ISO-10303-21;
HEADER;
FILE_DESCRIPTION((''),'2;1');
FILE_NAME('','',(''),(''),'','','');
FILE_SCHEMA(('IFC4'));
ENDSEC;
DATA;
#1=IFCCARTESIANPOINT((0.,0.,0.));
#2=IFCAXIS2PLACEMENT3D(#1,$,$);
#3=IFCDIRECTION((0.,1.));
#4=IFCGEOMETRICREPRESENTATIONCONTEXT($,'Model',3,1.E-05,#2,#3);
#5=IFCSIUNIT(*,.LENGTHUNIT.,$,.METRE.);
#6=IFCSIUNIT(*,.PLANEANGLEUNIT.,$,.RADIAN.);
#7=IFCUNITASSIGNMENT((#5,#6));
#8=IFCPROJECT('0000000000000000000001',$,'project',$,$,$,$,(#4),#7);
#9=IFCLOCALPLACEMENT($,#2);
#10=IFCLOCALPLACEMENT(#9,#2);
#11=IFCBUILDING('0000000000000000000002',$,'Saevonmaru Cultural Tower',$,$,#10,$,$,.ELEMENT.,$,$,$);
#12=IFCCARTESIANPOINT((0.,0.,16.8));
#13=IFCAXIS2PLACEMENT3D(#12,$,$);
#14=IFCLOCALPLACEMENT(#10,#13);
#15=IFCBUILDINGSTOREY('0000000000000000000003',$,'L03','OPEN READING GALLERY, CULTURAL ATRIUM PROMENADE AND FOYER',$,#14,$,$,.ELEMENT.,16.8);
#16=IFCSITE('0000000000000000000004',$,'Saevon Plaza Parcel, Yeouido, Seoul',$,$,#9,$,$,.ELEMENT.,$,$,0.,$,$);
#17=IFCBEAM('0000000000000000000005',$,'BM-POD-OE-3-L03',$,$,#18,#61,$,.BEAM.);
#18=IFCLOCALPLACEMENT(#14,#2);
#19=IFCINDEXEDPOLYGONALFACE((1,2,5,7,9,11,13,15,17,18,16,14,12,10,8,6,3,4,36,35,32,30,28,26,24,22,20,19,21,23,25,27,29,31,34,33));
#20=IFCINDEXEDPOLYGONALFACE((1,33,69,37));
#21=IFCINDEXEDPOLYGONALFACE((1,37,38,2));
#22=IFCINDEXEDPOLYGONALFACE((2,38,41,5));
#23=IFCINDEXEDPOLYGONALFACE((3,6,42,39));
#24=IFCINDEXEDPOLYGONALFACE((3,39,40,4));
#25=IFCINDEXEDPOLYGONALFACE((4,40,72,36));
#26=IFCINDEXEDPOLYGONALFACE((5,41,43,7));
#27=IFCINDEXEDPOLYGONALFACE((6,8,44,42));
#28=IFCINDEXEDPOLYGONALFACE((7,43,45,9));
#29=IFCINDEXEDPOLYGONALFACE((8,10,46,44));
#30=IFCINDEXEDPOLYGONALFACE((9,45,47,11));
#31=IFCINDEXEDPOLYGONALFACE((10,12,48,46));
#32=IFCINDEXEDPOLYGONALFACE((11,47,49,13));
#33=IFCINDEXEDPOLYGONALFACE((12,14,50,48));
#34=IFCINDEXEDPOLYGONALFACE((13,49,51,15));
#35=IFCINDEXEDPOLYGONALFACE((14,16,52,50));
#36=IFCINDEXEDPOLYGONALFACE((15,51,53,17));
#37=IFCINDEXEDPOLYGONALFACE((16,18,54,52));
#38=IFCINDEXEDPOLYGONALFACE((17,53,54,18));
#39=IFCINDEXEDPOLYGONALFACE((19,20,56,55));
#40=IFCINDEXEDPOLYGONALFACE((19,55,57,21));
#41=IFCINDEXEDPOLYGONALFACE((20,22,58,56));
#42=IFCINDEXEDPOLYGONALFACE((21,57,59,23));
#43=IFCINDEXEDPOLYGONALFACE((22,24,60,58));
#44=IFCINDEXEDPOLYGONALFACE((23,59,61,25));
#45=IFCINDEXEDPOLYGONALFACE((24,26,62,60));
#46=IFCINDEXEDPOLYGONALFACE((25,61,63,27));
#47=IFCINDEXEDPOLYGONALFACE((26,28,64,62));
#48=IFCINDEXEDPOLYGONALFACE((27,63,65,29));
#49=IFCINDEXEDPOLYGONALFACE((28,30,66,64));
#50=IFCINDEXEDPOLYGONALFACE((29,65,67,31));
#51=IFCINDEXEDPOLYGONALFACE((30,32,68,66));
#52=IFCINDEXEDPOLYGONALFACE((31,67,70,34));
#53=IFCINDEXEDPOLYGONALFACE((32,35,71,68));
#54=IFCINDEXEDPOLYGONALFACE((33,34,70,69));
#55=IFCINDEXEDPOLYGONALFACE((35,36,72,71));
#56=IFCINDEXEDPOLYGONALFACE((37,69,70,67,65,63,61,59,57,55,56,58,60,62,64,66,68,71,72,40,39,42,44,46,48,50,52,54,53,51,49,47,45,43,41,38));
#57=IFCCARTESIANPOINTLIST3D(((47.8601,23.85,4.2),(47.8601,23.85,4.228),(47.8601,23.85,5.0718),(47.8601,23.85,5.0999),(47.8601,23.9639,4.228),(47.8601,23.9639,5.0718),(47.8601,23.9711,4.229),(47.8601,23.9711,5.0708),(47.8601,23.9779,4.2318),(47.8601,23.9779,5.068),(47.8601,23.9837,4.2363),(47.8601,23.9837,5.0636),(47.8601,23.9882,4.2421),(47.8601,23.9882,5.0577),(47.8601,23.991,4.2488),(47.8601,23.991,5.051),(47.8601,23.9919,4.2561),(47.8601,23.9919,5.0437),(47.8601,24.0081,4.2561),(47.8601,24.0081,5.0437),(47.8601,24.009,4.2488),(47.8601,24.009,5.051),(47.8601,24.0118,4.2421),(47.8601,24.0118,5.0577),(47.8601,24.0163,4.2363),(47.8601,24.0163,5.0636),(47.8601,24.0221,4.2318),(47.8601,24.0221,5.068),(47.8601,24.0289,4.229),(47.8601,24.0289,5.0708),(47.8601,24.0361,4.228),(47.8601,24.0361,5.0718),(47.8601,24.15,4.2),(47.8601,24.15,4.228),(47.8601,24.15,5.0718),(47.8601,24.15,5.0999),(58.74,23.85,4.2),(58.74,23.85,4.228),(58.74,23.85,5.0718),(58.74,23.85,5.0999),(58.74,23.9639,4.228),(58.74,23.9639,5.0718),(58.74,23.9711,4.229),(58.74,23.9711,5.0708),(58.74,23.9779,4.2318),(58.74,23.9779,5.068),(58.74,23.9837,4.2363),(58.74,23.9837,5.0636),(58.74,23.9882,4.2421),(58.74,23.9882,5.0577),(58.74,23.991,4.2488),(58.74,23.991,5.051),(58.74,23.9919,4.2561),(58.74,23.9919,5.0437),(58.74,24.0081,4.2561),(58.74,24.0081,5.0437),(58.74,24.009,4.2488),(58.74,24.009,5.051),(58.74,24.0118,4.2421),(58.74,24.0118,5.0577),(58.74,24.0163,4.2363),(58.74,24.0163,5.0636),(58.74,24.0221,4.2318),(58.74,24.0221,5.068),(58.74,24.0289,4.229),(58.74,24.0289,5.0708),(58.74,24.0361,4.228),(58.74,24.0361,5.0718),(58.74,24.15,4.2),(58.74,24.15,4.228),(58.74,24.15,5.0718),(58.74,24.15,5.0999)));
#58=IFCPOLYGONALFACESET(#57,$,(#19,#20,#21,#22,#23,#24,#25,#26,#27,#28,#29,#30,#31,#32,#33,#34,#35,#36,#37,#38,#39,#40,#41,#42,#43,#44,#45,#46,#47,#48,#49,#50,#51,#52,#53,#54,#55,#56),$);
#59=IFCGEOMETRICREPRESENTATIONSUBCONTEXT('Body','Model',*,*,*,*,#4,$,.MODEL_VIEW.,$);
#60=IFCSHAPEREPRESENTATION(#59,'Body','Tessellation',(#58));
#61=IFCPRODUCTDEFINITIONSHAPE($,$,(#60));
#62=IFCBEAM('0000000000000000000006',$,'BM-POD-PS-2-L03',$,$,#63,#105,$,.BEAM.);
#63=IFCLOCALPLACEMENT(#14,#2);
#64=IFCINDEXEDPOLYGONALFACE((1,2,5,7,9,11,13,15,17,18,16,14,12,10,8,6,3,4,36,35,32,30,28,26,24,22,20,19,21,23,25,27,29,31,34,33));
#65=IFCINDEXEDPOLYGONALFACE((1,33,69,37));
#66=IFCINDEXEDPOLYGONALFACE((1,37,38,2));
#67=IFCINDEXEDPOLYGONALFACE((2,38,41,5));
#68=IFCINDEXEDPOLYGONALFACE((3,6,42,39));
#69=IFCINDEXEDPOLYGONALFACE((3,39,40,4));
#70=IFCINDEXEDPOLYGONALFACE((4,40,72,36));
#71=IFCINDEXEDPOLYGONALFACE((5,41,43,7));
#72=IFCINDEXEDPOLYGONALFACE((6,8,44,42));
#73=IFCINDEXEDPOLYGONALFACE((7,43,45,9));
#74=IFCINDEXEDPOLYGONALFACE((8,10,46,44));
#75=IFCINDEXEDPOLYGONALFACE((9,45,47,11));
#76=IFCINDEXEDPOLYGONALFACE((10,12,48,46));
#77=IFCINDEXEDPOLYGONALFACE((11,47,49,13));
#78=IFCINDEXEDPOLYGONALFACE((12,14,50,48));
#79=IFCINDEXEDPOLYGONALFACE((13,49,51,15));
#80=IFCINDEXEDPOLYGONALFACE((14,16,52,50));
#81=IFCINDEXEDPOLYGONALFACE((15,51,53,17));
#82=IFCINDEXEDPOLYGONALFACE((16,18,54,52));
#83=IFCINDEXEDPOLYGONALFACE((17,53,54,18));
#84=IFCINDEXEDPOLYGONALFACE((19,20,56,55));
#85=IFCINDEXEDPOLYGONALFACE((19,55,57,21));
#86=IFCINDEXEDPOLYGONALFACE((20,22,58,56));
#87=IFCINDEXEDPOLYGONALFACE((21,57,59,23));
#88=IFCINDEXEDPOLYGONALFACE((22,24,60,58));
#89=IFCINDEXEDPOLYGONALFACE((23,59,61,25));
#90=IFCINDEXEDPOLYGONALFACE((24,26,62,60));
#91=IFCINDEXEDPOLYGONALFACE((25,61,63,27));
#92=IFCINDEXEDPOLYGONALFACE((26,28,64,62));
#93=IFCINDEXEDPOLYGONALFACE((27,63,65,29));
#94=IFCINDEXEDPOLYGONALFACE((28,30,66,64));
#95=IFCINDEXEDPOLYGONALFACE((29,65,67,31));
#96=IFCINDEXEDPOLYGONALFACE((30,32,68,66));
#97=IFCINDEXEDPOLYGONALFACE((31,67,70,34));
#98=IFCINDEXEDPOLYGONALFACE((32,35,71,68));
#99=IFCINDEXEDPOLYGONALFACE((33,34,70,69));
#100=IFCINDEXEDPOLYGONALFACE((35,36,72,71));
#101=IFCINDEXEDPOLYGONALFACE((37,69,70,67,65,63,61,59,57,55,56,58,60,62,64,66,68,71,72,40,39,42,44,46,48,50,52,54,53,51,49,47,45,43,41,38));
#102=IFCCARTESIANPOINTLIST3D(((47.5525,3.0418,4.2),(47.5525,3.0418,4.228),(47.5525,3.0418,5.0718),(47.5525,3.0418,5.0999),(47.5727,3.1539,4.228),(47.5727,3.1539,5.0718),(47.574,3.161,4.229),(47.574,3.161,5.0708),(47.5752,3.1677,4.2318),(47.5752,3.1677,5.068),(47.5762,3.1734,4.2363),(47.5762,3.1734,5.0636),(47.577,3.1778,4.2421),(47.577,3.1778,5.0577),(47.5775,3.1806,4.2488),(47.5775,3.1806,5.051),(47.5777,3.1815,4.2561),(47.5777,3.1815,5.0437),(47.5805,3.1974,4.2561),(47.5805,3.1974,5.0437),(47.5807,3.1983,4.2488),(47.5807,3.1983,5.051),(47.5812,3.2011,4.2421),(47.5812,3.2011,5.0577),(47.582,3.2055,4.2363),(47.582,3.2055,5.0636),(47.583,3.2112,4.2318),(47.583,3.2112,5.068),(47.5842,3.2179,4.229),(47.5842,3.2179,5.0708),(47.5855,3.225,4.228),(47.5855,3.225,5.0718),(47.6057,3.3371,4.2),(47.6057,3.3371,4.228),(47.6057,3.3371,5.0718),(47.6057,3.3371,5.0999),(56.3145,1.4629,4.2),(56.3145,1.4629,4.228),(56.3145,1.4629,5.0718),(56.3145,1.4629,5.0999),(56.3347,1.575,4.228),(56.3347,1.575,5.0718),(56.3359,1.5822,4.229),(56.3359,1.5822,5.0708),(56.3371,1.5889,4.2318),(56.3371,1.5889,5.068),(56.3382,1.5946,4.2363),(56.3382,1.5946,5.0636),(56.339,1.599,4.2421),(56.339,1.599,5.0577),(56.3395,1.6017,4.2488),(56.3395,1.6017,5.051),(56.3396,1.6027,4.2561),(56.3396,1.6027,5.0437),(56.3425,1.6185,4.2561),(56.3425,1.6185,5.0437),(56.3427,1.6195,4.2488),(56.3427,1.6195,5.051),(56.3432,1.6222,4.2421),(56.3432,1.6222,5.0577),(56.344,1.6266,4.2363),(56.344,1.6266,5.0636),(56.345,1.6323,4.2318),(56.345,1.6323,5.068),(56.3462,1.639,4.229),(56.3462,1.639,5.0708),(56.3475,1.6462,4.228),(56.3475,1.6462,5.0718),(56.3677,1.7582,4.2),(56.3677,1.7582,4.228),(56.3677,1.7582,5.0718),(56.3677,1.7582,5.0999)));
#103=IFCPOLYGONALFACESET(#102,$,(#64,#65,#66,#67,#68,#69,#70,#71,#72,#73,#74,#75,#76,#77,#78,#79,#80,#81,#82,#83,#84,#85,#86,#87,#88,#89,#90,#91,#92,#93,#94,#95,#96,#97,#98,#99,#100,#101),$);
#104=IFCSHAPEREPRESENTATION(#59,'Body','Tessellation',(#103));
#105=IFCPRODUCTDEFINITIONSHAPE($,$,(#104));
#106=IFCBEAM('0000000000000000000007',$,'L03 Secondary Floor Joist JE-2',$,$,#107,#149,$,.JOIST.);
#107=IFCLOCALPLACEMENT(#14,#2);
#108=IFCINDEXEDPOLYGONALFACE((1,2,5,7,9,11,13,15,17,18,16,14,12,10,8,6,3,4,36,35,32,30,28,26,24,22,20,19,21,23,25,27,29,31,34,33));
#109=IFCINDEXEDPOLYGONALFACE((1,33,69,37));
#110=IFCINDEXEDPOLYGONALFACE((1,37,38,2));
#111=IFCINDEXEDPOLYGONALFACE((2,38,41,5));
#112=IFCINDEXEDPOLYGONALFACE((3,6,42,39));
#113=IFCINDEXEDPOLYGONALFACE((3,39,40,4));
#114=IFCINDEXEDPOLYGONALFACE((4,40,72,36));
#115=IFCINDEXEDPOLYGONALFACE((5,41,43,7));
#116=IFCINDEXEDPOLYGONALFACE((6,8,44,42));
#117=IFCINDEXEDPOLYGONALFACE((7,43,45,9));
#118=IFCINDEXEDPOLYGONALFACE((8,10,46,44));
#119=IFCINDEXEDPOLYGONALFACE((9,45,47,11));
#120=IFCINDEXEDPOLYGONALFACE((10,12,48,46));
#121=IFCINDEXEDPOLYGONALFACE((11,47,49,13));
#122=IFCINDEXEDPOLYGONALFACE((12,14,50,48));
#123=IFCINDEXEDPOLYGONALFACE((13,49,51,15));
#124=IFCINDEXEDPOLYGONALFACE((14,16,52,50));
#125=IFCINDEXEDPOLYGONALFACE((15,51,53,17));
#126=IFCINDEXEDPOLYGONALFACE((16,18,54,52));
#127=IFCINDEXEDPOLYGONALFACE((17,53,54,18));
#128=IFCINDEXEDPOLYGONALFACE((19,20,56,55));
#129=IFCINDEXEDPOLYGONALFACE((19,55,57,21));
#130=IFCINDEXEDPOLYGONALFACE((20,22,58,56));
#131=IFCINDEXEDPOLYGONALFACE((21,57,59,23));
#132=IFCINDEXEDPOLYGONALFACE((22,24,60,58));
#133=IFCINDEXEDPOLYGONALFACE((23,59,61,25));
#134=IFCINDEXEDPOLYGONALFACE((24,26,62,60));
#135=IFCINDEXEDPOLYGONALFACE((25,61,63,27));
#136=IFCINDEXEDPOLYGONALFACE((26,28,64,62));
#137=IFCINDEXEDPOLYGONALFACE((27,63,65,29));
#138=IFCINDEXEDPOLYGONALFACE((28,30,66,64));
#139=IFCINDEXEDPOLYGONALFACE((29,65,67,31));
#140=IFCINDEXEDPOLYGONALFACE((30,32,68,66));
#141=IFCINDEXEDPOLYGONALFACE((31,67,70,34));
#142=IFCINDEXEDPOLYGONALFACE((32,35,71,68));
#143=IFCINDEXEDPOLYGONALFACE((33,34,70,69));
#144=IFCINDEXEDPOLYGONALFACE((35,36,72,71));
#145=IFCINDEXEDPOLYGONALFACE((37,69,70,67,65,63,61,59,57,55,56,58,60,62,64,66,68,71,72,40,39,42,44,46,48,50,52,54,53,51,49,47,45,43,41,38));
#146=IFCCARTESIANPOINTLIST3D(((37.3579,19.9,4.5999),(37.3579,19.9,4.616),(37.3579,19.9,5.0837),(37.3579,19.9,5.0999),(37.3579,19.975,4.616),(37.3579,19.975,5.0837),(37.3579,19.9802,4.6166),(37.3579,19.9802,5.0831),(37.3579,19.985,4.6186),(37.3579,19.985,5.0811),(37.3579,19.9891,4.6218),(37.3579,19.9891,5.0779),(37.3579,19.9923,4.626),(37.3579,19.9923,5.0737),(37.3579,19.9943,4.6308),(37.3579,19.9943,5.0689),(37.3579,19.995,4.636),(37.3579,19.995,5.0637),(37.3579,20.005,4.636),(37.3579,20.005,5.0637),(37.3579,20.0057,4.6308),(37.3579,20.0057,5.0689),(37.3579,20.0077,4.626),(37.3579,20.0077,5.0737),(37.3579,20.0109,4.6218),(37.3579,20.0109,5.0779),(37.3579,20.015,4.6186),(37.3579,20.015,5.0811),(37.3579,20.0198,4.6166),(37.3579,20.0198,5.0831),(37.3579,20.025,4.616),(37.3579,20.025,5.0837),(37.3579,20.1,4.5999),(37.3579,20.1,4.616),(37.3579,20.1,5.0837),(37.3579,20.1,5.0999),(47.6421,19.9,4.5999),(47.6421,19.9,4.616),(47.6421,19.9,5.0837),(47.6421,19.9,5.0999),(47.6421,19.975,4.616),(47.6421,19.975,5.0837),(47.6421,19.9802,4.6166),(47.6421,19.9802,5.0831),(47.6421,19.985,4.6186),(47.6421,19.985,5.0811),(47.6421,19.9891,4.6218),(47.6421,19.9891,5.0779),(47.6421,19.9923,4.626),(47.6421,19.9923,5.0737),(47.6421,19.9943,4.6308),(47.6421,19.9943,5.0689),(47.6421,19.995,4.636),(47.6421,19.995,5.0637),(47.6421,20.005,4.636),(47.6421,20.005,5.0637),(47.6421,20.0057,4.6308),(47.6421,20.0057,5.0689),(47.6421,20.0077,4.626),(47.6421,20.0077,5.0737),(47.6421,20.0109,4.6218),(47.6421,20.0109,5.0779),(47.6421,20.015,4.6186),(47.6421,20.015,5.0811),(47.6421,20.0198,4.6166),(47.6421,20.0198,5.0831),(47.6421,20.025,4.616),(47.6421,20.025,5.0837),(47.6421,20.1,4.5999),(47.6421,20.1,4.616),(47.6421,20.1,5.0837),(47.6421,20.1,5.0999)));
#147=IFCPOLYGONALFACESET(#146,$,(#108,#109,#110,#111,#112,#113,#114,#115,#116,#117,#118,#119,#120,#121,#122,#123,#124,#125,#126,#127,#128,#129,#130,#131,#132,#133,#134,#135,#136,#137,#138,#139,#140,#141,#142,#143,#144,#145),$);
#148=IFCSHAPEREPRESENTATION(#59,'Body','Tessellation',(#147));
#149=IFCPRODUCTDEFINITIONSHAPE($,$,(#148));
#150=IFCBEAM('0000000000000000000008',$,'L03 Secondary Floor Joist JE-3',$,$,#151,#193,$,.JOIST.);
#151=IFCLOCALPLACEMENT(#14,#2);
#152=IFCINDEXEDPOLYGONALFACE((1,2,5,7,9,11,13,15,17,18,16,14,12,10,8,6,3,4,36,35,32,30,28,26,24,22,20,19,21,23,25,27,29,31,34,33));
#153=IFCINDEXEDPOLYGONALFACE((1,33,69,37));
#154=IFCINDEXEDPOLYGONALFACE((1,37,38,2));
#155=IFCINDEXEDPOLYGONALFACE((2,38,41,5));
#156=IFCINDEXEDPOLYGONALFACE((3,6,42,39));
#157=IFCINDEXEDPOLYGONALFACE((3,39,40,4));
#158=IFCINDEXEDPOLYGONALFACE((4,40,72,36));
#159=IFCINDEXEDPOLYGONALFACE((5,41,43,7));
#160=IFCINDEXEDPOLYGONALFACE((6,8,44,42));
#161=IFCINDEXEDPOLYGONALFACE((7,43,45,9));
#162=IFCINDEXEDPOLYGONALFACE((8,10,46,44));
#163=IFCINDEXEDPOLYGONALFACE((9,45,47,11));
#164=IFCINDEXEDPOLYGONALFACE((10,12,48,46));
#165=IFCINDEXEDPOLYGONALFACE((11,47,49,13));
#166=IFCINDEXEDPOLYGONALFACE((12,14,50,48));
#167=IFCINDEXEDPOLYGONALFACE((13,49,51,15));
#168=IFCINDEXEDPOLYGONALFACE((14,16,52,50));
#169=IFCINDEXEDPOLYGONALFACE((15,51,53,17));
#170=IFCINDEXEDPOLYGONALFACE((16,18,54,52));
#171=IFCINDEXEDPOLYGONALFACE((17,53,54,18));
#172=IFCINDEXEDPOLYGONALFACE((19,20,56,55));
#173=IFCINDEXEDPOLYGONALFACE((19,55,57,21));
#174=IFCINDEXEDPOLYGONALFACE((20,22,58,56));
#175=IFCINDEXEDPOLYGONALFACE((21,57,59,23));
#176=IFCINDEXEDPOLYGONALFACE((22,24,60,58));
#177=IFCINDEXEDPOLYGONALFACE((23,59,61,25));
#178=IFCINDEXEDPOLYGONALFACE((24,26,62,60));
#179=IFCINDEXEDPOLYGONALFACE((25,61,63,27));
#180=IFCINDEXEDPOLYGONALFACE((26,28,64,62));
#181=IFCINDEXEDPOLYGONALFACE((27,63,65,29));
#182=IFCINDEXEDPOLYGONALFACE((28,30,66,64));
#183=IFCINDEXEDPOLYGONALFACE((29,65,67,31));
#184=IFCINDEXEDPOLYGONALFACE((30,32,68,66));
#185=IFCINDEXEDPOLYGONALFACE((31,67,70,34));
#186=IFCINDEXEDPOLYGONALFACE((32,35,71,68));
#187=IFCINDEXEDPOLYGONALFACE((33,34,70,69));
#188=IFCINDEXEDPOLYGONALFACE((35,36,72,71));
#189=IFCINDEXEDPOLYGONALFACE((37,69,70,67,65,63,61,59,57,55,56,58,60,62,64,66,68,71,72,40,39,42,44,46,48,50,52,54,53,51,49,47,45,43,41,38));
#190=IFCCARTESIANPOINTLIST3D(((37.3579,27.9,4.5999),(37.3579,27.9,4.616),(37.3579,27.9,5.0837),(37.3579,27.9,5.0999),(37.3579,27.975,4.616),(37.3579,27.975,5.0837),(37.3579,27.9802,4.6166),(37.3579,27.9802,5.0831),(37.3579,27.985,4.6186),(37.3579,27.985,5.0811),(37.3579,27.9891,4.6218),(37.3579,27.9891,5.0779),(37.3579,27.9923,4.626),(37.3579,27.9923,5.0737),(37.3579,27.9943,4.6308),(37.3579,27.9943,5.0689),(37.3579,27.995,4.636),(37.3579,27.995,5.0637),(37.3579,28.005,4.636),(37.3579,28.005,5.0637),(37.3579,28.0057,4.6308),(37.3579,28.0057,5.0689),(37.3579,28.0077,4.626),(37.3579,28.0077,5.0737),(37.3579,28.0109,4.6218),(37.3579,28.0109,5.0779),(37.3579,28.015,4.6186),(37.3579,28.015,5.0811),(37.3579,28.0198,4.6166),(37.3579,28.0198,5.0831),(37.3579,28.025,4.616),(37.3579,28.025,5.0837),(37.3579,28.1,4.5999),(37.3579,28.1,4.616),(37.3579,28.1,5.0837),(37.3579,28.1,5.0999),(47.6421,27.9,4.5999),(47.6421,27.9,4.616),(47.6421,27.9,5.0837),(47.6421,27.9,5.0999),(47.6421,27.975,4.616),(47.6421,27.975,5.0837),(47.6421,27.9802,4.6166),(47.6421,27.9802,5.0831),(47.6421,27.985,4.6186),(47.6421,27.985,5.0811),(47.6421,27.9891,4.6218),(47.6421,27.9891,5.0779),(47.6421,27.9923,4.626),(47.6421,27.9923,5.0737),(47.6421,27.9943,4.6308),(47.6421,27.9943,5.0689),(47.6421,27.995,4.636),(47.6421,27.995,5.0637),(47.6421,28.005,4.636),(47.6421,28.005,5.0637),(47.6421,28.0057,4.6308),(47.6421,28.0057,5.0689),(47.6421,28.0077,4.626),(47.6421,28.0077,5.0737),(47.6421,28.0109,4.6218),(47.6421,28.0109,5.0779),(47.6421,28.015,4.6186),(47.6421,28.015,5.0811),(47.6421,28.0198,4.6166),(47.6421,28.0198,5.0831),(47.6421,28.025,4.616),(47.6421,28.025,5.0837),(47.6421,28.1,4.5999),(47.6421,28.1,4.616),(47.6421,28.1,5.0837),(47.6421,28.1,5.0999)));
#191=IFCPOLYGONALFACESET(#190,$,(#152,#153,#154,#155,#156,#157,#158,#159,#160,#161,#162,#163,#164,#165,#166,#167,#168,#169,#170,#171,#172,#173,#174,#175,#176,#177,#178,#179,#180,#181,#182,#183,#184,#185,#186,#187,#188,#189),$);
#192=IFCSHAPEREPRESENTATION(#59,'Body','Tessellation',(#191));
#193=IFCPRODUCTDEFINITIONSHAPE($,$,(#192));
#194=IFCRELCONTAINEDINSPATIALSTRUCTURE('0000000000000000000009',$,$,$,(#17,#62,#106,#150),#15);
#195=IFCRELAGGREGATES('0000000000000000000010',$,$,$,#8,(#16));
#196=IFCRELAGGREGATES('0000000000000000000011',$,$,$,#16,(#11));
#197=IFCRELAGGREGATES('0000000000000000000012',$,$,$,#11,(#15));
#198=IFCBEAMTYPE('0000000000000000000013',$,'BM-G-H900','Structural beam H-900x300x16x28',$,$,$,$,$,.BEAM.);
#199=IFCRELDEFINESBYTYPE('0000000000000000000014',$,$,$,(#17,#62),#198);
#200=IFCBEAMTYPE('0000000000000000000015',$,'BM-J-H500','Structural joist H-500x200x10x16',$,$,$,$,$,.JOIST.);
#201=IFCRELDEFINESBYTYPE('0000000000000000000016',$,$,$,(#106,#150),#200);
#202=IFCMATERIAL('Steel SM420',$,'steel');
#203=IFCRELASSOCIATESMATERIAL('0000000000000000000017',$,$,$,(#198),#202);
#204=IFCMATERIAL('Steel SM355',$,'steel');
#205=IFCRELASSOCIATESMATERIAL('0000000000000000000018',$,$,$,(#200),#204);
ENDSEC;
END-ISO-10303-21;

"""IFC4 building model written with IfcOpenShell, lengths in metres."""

from ifc_helpers import new_model, si_unit, direction, frame, origin, origin_2d, place, context, subcontext, project, spatial, i_section, extrude, material, material_profile, profile_set, type_object, element, save


model = new_model("IFC4")

# Units and contexts
model_context = context("Model", 3, precision=1e-05, world=origin(), true_north=direction((0.0, 1.0)))
body_context = subcontext(model_context, "Body", "Model", "MODEL_VIEW")
ifc_project = project(units=[si_unit("LENGTHUNIT", "METRE"), si_unit("PLANEANGLEUNIT", "RADIAN")], contexts=[model_context])

# Site, building, storey
site_placement = place(None, origin())
site = spatial("IfcSite", under=ifc_project, at=site_placement, Name="Saevon Plaza Parcel, Yeouido, Seoul", CompositionType="ELEMENT", RefElevation=0.0)
building_placement = place(site_placement, origin())
building = spatial("IfcBuilding", under=site, at=building_placement, Name="Saevonmaru Cultural Tower", CompositionType="ELEMENT")
storey_placement = place(building_placement, frame((0.0, 0.0, 16.8)))
storey = spatial("IfcBuildingStorey", under=building, at=storey_placement, Name="L03", Description="OPEN READING GALLERY, CULTURAL ATRIUM PROMENADE AND FOYER", CompositionType="ELEMENT", Elevation=16.8)

# Beams
ifc_material_1 = material(Name="Steel SM420", Category="steel")
ifc_material_profile_1 = material_profile(ifc_material_1, i_section(OverallWidth=0.3, OverallDepth=0.8999, WebThickness=0.0161, FlangeThickness=0.0281, FilletRadius=0.0281, at=origin_2d()), Name="H-900x300x16x28")
ifc_profile_set_1 = profile_set([ifc_material_profile_1], Name="Steel SM420")
beam_type_1 = type_object("IfcBeamType", Name="BM-G-H900", Description="Structural beam H-900x300x16x28", PredefinedType="BEAM", material=ifc_profile_set_1)
for number, where, z_axis, x_axis, name in (
    (1, (47.8601, 24.0, 4.6499), (1.0, 0.0, 0.0), (0.0, 1.0, 0.0), "BM-POD-OE-3-L03"),
):
    element("IfcBeam", number, at=place(storey_placement, frame(where, z_axis=z_axis, x_axis=x_axis)), inside=storey, type_object=beam_type_1, Name=name, PredefinedType="BEAM", context=body_context, shape_type="SweptSolid", body=[
        extrude(i_section(OverallWidth=0.3, OverallDepth=0.8999, WebThickness=0.0161, FlangeThickness=0.0281, FilletRadius=0.0281, at=origin_2d()), origin(), (0.0, 0.0, 1.0), 10.8799),
    ])
beam_1_placement = place(storey_placement, frame((47.5791, 3.1895, 4.6499), z_axis=(0.98415, -0.177338, 0.0), x_axis=(0.177338, 0.98415, 0.0)))
element("IfcBeam", 2, at=beam_1_placement, inside=storey, type_object=beam_type_1, Name="BM-POD-PS-2-L03", PredefinedType="BEAM", context=body_context, shape_type="SweptSolid", body=[
    extrude(i_section(OverallWidth=0.3, OverallDepth=0.8999, WebThickness=0.0161, FlangeThickness=0.0281, FilletRadius=0.0281, at=origin_2d()), origin(), (0.0, 0.0, 1.0), 8.9031),
])
ifc_material_2 = material(Name="Steel SM355", Category="steel")
ifc_material_profile_2 = material_profile(ifc_material_2, i_section(OverallWidth=0.2, OverallDepth=0.5, WebThickness=0.01, FlangeThickness=0.0161, FilletRadius=0.02, at=origin_2d()), Name="H-500x200x10x16")
ifc_profile_set_2 = profile_set([ifc_material_profile_2], Name="Steel SM355")
beam_type_2 = type_object("IfcBeamType", Name="BM-J-H500", Description="Structural joist H-500x200x10x16", PredefinedType="JOIST", material=ifc_profile_set_2)
for number, where, z_axis, x_axis, name in (
    (3, (37.3579, 20.0, 4.8499), (1.0, 0.0, 0.0), (0.0, 1.0, 0.0), "L03 Secondary Floor Joist JE-2"),
    (4, (37.3579, 28.0, 4.8499), (1.0, 0.0, 0.0), (0.0, 1.0, 0.0), "L03 Secondary Floor Joist JE-3"),
):
    element("IfcBeam", number, at=place(storey_placement, frame(where, z_axis=z_axis, x_axis=x_axis)), inside=storey, type_object=beam_type_2, Name=name, PredefinedType="JOIST", context=body_context, shape_type="SweptSolid", body=[
        extrude(i_section(OverallWidth=0.2, OverallDepth=0.5, WebThickness=0.01, FlangeThickness=0.0161, FilletRadius=0.02, at=origin_2d()), origin(), (0.0, 0.0, 1.0), 10.2842),
    ])

save(model, "model.ifc")
